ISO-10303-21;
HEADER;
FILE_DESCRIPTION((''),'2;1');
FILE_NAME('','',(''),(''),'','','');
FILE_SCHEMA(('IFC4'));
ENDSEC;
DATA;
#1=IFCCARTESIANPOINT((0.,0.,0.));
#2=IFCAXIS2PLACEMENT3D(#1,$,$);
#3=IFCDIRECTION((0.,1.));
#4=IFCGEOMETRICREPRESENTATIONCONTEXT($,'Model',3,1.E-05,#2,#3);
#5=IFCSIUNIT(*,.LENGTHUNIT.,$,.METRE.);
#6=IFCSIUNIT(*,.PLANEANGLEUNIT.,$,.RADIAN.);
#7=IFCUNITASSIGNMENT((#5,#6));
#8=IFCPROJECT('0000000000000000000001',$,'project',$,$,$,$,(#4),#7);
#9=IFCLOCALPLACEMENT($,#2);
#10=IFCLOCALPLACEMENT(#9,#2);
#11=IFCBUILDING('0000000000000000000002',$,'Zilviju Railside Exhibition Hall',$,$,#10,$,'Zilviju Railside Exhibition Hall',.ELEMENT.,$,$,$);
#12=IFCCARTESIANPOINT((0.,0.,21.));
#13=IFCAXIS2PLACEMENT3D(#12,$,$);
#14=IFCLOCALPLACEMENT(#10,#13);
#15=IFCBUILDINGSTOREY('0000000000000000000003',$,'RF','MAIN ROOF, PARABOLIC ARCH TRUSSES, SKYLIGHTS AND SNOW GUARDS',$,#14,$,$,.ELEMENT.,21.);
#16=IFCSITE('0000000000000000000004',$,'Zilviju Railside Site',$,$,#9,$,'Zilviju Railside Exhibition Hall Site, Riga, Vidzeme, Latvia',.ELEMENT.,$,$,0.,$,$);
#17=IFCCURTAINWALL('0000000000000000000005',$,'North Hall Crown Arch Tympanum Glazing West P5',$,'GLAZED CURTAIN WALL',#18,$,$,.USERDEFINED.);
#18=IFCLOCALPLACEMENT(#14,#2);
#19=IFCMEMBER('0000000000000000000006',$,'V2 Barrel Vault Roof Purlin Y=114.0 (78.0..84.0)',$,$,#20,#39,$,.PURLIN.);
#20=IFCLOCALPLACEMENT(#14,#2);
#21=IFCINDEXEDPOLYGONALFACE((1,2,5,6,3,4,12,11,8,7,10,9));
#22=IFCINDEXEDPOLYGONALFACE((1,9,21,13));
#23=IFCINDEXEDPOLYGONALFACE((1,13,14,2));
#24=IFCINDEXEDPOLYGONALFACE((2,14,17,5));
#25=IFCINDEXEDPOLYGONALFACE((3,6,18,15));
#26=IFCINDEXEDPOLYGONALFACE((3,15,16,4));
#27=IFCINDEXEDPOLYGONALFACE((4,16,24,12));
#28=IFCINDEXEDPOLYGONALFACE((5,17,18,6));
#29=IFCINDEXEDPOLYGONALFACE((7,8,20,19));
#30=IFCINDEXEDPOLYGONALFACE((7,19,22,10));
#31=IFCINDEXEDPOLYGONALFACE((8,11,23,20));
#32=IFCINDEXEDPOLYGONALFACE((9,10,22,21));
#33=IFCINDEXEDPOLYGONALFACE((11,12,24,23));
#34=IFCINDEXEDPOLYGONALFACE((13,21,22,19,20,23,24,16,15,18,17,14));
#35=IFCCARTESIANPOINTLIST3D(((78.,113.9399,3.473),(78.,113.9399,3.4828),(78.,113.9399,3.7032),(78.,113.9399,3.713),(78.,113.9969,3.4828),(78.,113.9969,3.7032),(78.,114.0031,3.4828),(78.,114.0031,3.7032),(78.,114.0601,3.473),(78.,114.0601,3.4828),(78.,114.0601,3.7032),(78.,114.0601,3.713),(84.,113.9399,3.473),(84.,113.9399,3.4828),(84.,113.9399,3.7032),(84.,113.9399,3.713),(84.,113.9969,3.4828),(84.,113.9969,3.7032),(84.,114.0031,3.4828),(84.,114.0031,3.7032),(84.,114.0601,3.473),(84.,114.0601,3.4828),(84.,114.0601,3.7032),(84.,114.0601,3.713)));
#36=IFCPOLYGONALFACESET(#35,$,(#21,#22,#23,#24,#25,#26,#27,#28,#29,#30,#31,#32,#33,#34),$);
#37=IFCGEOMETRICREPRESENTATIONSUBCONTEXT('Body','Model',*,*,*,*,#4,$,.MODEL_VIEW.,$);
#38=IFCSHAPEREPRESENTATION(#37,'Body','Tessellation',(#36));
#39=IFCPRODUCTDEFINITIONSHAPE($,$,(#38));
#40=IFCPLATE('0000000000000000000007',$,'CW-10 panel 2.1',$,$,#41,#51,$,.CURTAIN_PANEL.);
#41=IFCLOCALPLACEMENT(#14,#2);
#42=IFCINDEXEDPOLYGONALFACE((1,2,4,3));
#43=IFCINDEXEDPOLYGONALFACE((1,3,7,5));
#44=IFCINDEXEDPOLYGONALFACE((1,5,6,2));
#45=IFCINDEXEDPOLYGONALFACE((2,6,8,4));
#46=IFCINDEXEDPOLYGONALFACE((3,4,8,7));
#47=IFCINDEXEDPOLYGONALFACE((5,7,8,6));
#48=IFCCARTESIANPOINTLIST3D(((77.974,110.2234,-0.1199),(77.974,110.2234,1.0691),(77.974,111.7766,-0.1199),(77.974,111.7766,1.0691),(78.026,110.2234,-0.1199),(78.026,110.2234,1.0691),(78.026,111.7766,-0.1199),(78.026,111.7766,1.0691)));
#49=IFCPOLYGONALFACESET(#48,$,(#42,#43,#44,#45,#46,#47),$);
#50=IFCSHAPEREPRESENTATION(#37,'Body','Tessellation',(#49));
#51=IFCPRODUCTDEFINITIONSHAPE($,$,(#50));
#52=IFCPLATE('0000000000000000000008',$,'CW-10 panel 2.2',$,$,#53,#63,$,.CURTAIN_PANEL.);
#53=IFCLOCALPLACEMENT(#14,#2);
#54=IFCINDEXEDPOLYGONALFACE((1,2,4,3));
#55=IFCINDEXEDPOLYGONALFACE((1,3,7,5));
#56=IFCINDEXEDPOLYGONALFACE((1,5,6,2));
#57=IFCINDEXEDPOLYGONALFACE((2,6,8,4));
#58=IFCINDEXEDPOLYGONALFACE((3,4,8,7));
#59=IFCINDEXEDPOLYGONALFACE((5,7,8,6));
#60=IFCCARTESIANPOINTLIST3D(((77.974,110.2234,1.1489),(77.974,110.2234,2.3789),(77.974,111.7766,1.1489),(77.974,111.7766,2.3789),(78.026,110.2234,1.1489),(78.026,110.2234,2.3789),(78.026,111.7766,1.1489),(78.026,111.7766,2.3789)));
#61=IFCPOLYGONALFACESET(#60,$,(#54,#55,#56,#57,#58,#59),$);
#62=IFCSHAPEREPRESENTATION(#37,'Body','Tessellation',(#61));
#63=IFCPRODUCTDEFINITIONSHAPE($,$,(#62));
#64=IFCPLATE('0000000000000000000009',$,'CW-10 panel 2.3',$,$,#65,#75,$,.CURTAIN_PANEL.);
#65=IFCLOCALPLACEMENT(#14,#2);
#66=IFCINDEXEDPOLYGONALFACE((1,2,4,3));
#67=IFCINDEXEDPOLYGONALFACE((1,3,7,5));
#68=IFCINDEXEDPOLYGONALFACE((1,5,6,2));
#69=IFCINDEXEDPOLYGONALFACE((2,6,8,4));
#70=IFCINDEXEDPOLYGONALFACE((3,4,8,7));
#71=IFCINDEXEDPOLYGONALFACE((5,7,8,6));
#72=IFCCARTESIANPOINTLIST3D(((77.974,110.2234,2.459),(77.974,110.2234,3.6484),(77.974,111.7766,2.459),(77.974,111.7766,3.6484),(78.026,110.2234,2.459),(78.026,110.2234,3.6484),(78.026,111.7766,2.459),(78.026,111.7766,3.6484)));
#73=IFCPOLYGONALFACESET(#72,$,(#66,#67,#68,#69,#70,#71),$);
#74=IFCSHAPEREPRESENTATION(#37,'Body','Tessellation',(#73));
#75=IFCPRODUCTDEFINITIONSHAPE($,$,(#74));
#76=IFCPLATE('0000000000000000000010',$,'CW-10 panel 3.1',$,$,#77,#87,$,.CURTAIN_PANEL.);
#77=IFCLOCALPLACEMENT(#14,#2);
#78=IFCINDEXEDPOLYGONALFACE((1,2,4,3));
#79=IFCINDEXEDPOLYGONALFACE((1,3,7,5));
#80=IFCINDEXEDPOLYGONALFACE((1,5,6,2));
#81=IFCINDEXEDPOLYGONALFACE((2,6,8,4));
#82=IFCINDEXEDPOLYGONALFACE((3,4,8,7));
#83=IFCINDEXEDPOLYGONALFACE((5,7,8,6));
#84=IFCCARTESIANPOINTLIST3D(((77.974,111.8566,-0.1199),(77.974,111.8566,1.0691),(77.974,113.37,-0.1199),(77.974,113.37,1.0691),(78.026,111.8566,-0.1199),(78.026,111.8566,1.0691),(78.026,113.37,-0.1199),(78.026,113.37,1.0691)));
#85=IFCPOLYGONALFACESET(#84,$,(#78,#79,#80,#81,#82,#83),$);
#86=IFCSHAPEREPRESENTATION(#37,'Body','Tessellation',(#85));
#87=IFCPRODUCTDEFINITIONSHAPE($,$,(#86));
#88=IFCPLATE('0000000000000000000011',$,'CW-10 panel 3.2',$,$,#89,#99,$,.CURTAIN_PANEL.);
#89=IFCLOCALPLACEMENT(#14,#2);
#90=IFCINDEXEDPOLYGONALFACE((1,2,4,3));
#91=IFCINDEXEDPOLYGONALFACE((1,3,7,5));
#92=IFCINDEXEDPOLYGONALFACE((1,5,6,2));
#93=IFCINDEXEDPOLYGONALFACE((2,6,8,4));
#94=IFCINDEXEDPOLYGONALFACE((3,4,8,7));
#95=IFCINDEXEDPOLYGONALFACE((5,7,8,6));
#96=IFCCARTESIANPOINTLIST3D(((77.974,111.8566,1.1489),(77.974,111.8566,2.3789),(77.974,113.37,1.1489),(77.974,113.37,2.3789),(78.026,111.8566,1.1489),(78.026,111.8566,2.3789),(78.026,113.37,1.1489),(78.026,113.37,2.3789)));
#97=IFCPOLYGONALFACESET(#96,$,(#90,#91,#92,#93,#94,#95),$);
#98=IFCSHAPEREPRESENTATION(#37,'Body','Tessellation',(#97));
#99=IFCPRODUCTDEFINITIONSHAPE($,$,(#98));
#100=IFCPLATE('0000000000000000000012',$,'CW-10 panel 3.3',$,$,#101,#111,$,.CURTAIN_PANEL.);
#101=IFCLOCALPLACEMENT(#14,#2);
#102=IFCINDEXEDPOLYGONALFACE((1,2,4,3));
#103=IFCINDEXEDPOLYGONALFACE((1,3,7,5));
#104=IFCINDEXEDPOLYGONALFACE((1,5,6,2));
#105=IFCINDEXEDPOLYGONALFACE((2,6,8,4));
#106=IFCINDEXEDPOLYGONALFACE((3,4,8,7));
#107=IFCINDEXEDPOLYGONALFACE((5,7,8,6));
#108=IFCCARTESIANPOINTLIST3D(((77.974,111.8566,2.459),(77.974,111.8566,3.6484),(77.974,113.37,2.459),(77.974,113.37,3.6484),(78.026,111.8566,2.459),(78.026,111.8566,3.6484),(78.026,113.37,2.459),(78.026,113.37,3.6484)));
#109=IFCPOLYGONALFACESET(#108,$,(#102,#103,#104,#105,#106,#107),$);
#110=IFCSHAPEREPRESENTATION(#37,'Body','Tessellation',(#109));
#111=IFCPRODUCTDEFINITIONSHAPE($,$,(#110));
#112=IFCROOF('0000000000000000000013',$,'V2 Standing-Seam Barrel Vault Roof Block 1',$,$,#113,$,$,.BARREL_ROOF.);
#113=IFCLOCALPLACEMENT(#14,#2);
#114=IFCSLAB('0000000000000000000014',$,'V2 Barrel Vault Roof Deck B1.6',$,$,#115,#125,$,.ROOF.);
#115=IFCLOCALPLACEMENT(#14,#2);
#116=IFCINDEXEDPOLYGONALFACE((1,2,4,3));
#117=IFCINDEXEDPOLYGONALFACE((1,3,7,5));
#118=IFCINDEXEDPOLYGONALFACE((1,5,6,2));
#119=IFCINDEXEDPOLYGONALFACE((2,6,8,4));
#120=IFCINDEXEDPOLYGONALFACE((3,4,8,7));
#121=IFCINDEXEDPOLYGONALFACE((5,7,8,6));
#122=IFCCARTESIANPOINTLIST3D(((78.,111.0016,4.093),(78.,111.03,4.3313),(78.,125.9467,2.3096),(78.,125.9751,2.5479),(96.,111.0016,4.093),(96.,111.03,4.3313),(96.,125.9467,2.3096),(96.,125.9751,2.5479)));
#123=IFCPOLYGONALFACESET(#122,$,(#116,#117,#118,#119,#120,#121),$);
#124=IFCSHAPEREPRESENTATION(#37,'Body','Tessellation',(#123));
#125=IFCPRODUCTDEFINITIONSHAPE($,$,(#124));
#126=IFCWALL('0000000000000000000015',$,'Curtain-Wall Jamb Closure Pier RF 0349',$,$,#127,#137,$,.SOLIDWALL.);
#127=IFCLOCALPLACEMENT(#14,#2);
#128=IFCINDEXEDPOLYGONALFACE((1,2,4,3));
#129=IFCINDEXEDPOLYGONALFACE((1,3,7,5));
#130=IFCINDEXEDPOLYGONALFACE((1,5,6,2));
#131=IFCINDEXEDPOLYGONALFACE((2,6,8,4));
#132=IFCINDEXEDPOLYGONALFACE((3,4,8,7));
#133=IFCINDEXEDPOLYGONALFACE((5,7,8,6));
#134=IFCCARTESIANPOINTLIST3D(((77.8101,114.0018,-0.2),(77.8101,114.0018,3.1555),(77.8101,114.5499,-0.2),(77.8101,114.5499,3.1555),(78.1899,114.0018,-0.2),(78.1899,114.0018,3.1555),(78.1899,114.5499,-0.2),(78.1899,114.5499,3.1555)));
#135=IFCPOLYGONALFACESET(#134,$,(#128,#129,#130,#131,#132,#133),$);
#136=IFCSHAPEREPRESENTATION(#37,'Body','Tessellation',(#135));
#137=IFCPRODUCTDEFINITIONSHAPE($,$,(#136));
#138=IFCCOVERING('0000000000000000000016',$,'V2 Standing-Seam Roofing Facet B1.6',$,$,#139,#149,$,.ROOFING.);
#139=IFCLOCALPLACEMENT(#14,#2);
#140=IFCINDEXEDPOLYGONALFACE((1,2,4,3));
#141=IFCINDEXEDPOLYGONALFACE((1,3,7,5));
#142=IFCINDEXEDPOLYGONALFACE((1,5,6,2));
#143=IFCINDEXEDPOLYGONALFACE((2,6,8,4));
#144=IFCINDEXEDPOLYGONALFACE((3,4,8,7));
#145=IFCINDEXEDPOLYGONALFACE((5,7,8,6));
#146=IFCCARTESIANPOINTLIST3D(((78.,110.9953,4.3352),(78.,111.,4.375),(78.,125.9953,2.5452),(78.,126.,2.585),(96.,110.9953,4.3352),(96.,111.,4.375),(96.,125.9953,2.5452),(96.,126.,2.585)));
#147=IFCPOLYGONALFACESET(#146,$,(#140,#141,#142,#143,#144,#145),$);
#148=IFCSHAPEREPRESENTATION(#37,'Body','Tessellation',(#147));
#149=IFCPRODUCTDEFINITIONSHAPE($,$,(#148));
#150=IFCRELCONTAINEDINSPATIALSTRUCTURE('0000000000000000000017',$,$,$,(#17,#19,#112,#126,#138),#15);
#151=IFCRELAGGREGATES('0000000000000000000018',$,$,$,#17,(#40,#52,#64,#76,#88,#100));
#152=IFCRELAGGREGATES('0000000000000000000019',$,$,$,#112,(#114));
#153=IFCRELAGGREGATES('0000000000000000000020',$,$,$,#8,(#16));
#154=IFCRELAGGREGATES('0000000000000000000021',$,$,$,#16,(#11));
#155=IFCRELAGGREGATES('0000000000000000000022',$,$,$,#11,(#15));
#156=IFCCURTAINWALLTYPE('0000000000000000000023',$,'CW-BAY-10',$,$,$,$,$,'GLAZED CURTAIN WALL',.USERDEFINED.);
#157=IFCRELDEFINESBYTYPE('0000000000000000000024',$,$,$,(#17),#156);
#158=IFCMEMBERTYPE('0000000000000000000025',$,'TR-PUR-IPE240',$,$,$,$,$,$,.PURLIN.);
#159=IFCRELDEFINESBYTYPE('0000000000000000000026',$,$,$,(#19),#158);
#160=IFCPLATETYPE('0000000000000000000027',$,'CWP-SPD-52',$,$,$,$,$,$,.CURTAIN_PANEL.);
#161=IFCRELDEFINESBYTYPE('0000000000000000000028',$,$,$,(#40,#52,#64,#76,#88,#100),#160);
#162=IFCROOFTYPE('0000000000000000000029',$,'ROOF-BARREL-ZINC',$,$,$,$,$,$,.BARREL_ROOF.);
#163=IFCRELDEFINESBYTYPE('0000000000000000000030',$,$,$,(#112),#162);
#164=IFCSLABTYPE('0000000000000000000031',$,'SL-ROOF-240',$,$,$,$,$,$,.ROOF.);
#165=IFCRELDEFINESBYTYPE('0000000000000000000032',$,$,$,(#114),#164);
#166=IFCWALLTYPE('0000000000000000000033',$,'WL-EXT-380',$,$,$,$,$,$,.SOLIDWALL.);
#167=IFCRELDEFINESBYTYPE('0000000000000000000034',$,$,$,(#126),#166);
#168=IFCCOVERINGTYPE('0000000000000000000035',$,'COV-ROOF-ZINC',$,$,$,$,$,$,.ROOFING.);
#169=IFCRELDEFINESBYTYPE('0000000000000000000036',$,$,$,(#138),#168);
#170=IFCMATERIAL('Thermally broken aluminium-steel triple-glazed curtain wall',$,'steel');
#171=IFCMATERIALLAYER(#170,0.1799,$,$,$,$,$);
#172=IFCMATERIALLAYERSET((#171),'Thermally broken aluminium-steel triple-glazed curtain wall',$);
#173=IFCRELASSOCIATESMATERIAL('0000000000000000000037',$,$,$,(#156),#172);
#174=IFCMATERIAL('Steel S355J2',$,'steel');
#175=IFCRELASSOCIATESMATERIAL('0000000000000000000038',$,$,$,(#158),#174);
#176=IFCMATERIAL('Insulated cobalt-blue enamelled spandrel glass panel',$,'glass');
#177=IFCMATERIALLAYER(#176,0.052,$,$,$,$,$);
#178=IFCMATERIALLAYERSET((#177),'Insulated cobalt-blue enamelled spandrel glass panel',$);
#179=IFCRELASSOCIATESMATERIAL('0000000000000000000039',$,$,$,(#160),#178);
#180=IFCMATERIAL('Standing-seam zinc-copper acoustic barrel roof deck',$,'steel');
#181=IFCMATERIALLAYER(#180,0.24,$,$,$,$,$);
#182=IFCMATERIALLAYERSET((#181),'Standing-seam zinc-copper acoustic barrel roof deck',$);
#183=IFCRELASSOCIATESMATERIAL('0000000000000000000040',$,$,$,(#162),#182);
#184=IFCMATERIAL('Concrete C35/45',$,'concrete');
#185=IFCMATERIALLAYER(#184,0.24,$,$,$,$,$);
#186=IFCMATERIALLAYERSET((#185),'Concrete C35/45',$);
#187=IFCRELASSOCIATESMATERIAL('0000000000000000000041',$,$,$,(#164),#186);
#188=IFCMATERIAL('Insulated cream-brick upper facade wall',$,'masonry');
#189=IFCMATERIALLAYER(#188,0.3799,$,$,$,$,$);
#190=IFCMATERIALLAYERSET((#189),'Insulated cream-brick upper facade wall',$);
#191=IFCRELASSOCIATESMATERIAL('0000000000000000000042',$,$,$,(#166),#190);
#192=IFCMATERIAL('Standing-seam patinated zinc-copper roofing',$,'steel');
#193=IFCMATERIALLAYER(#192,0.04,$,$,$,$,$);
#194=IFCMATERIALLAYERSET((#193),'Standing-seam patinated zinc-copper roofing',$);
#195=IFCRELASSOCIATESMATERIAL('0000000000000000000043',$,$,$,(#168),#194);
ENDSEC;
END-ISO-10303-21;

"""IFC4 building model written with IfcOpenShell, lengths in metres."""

from ifc_helpers import new_model, si_unit, direction, frame, frame_2d, origin, origin_2d, place, context, subcontext, project, spatial, polyline, rectangle, i_section, outline, extrude, material, layer, layer_set, material_profile, profile_set, type_object, element, aggregate, save


model = new_model("IFC4")

# Units and contexts
model_context = context("Model", 3, precision=1e-05, world=origin(), true_north=direction((0.0, 1.0)))
body_context = subcontext(model_context, "Body", "Model", "MODEL_VIEW")
ifc_project = project(units=[si_unit("LENGTHUNIT", "METRE"), si_unit("PLANEANGLEUNIT", "RADIAN")], contexts=[model_context])

# Site, building, storey
site_placement = place(None, origin())
site = spatial("IfcSite", under=ifc_project, at=site_placement, Name="Zilviju Railside Site", LongName="Zilviju Railside Exhibition Hall Site, Riga, Vidzeme, Latvia", CompositionType="ELEMENT", RefElevation=0.0)
building_placement = place(site_placement, origin())
building = spatial("IfcBuilding", under=site, at=building_placement, Name="Zilviju Railside Exhibition Hall", LongName="Zilviju Railside Exhibition Hall", CompositionType="ELEMENT")
storey_placement = place(building_placement, frame((0.0, 0.0, 21.0)))
storey = spatial("IfcBuildingStorey", under=building, at=storey_placement, Name="RF", Description="MAIN ROOF, PARABOLIC ARCH TRUSSES, SKYLIGHTS AND SNOW GUARDS", CompositionType="ELEMENT", Elevation=21.0)

# Curtain wall
ifc_material_1 = material(Name="Thermally broken aluminium-steel triple-glazed curtain wall", Category="steel")
ifc_layer_1 = layer(ifc_material_1, 0.1799)
ifc_layer_set_1 = layer_set([ifc_layer_1], Name="Thermally broken aluminium-steel triple-glazed curtain wall")
curtain_wall_type_1 = type_object("IfcCurtainWallType", Name="CW-BAY-10", ElementType="GLAZED CURTAIN WALL", PredefinedType="USERDEFINED", material=ifc_layer_set_1)
curtain_wall_1_placement = place(storey_placement, origin())
curtain_wall_1 = element("IfcCurtainWall", 1, at=curtain_wall_1_placement, inside=storey, type_object=curtain_wall_type_1, Name="North Hall Crown Arch Tympanum Glazing West P5", ObjectType="GLAZED CURTAIN WALL", PredefinedType="USERDEFINED")

# Member
ifc_material_2 = material(Name="Steel S355J2", Category="steel")
ifc_material_profile_1 = material_profile(ifc_material_2, i_section(OverallWidth=0.1201, OverallDepth=0.24, WebThickness=0.0061, FlangeThickness=0.0098, at=origin_2d()), Name="IPE 240")
ifc_profile_set_1 = profile_set([ifc_material_profile_1], Name="Steel S355J2")
member_type_1 = type_object("IfcMemberType", Name="TR-PUR-IPE240", PredefinedType="PURLIN", material=ifc_profile_set_1)
member_1_placement = place(storey_placement, frame((78.0, 114.0, 3.593), z_axis=(1.0, 0.0, 0.0), x_axis=(0.0, 1.0, 0.0)))
element("IfcMember", 2, at=member_1_placement, inside=storey, type_object=member_type_1, Name="V2 Barrel Vault Roof Purlin Y=114.0 (78.0..84.0)", PredefinedType="PURLIN", context=body_context, shape_type="SweptSolid", body=[
    extrude(i_section(OverallWidth=0.1201, OverallDepth=0.24, WebThickness=0.0061, FlangeThickness=0.0098, at=origin_2d()), origin(), (0.0, 0.0, 1.0), 6.0),
])

# Plates
ifc_material_3 = material(Name="Insulated cobalt-blue enamelled spandrel glass panel", Category="glass")
ifc_layer_2 = layer(ifc_material_3, 0.052)
ifc_layer_set_2 = layer_set([ifc_layer_2], Name="Insulated cobalt-blue enamelled spandrel glass panel")
plate_type = type_object("IfcPlateType", Name="CWP-SPD-52", PredefinedType="CURTAIN_PANEL", material=ifc_layer_set_2)
plate_1_placement = place(storey_placement, frame((78.0, 111.0, -0.1199), z_axis=(0.0, 0.0, 1.0), x_axis=(0.0, 1.0, 0.0)))
plate_1 = element("IfcPlate", 3, at=plate_1_placement, type_object=plate_type, Name="CW-10 panel 2.1", PredefinedType="CURTAIN_PANEL", context=body_context, shape_type="SweptSolid", body=[
    extrude(rectangle(XDim=1.5532, YDim=0.052, at=origin_2d()), origin(), (0.0, 0.0, 1.0), 1.189),
])
plate_2_placement = place(storey_placement, frame((78.0, 111.0, 1.1489), z_axis=(0.0, 0.0, 1.0), x_axis=(0.0, 1.0, 0.0)))
plate_2 = element("IfcPlate", 4, at=plate_2_placement, type_object=plate_type, Name="CW-10 panel 2.2", PredefinedType="CURTAIN_PANEL", context=body_context, shape_type="SweptSolid", body=[
    extrude(rectangle(XDim=1.5532, YDim=0.052, at=origin_2d()), origin(), (0.0, 0.0, 1.0), 1.23),
])
plate_3_placement = place(storey_placement, frame((78.0, 111.0, 2.459), z_axis=(0.0, 0.0, 1.0), x_axis=(0.0, 1.0, 0.0)))
plate_3 = element("IfcPlate", 5, at=plate_3_placement, type_object=plate_type, Name="CW-10 panel 2.3", PredefinedType="CURTAIN_PANEL", context=body_context, shape_type="SweptSolid", body=[
    extrude(rectangle(XDim=1.5532, YDim=0.052, at=origin_2d()), origin(), (0.0, 0.0, 1.0), 1.1895),
])
plate_4_placement = place(storey_placement, frame((78.0, 112.6133, -0.1199), z_axis=(0.0, 0.0, 1.0), x_axis=(0.0, 1.0, 0.0)))
plate_4 = element("IfcPlate", 6, at=plate_4_placement, type_object=plate_type, Name="CW-10 panel 3.1", PredefinedType="CURTAIN_PANEL", context=body_context, shape_type="SweptSolid", body=[
    extrude(rectangle(XDim=1.5134, YDim=0.052, at=origin_2d()), origin(), (0.0, 0.0, 1.0), 1.189),
])
plate_5_placement = place(storey_placement, frame((78.0, 112.6133, 1.1489), z_axis=(0.0, 0.0, 1.0), x_axis=(0.0, 1.0, 0.0)))
plate_5 = element("IfcPlate", 7, at=plate_5_placement, type_object=plate_type, Name="CW-10 panel 3.2", PredefinedType="CURTAIN_PANEL", context=body_context, shape_type="SweptSolid", body=[
    extrude(rectangle(XDim=1.5134, YDim=0.052, at=origin_2d()), origin(), (0.0, 0.0, 1.0), 1.23),
])
plate_6_placement = place(storey_placement, frame((78.0, 112.6133, 2.459), z_axis=(0.0, 0.0, 1.0), x_axis=(0.0, 1.0, 0.0)))
plate_6 = element("IfcPlate", 8, at=plate_6_placement, type_object=plate_type, Name="CW-10 panel 3.3", PredefinedType="CURTAIN_PANEL", context=body_context, shape_type="SweptSolid", body=[
    extrude(rectangle(XDim=1.5134, YDim=0.052, at=origin_2d()), origin(), (0.0, 0.0, 1.0), 1.1895),
])
aggregate(curtain_wall_1, [plate_1, plate_2, plate_3, plate_4, plate_5, plate_6])

# Roof, slab
ifc_material_4 = material(Name="Standing-seam zinc-copper acoustic barrel roof deck", Category="steel")
ifc_layer_3 = layer(ifc_material_4, 0.24)
ifc_layer_set_3 = layer_set([ifc_layer_3], Name="Standing-seam zinc-copper acoustic barrel roof deck")
roof_type = type_object("IfcRoofType", Name="ROOF-BARREL-ZINC", PredefinedType="BARREL_ROOF", material=ifc_layer_set_3)
roof_placement = place(storey_placement, origin())
roof = element("IfcRoof", 9, at=roof_placement, inside=storey, type_object=roof_type, Name="V2 Standing-Seam Barrel Vault Roof Block 1", PredefinedType="BARREL_ROOF")
ifc_material_5 = material(Name="Concrete C35/45", Category="concrete")
ifc_layer_4 = layer(ifc_material_5, 0.24)
ifc_layer_set_4 = layer_set([ifc_layer_4], Name="Concrete C35/45")
slab_type = type_object("IfcSlabType", Name="SL-ROOF-240", PredefinedType="ROOF", material=ifc_layer_set_4)
slab_placement = place(storey_placement, frame((78.0, 111.03, 4.3313), z_axis=(0.0, 0.118493, 0.992955), x_axis=(1.0, 0.0, 0.0)))
slab = element("IfcSlab", 10, at=slab_placement, type_object=slab_type, Name="V2 Barrel Vault Roof Deck B1.6", PredefinedType="ROOF", context=body_context, shape_type="SweptSolid", body=[
    extrude(outline(polyline([(0.0, 0.0), (18.0, 0.0), (18.0, 15.0511), (0.0, 15.0511), (0.0, 0.0)])), origin(), (0.0, 0.0, -1.0), 0.24),
])
aggregate(roof, [slab])

# Wall
ifc_material_6 = material(Name="Insulated cream-brick upper facade wall", Category="masonry")
ifc_layer_5 = layer(ifc_material_6, 0.3799)
ifc_layer_set_5 = layer_set([ifc_layer_5], Name="Insulated cream-brick upper facade wall")
wall_type = type_object("IfcWallType", Name="WL-EXT-380", PredefinedType="SOLIDWALL", material=ifc_layer_set_5)
wall_placement = place(storey_placement, frame((78.0, 114.002, -0.2), z_axis=(0.0, 0.0, 1.0), x_axis=(0.0, 1.0, 0.0)))
element("IfcWall", 11, at=wall_placement, inside=storey, type_object=wall_type, Name="Curtain-Wall Jamb Closure Pier RF 0349", PredefinedType="SOLIDWALL", context=body_context, shape_type="SweptSolid", body=[
    extrude(rectangle(XDim=0.5481, YDim=0.3799, at=frame_2d((0.2739, 0.0))), origin(), (0.0, 0.0, 1.0), 3.3555),
])

# Covering
ifc_material_7 = material(Name="Standing-seam patinated zinc-copper roofing", Category="steel")
ifc_layer_6 = layer(ifc_material_7, 0.04)
ifc_layer_set_6 = layer_set([ifc_layer_6], Name="Standing-seam patinated zinc-copper roofing")
covering_type = type_object("IfcCoveringType", Name="COV-ROOF-ZINC", PredefinedType="ROOFING", material=ifc_layer_set_6)
covering_placement = place(storey_placement, frame((78.0, 111.0, 4.375), z_axis=(0.0, 0.118495, 0.992955), x_axis=(1.0, 0.0, 0.0)))
element("IfcCovering", 12, at=covering_placement, inside=storey, type_object=covering_type, Name="V2 Standing-Seam Roofing Facet B1.6", PredefinedType="ROOFING", context=body_context, shape_type="SweptSolid", body=[
    extrude(outline(polyline([(0.0, 0.0), (18.0, 0.0), (18.0, 15.1064), (0.0, 15.1064), (0.0, 0.0)])), origin(), (0.0, 0.0, -1.0), 0.04),
])

save(model, "model.ifc")
